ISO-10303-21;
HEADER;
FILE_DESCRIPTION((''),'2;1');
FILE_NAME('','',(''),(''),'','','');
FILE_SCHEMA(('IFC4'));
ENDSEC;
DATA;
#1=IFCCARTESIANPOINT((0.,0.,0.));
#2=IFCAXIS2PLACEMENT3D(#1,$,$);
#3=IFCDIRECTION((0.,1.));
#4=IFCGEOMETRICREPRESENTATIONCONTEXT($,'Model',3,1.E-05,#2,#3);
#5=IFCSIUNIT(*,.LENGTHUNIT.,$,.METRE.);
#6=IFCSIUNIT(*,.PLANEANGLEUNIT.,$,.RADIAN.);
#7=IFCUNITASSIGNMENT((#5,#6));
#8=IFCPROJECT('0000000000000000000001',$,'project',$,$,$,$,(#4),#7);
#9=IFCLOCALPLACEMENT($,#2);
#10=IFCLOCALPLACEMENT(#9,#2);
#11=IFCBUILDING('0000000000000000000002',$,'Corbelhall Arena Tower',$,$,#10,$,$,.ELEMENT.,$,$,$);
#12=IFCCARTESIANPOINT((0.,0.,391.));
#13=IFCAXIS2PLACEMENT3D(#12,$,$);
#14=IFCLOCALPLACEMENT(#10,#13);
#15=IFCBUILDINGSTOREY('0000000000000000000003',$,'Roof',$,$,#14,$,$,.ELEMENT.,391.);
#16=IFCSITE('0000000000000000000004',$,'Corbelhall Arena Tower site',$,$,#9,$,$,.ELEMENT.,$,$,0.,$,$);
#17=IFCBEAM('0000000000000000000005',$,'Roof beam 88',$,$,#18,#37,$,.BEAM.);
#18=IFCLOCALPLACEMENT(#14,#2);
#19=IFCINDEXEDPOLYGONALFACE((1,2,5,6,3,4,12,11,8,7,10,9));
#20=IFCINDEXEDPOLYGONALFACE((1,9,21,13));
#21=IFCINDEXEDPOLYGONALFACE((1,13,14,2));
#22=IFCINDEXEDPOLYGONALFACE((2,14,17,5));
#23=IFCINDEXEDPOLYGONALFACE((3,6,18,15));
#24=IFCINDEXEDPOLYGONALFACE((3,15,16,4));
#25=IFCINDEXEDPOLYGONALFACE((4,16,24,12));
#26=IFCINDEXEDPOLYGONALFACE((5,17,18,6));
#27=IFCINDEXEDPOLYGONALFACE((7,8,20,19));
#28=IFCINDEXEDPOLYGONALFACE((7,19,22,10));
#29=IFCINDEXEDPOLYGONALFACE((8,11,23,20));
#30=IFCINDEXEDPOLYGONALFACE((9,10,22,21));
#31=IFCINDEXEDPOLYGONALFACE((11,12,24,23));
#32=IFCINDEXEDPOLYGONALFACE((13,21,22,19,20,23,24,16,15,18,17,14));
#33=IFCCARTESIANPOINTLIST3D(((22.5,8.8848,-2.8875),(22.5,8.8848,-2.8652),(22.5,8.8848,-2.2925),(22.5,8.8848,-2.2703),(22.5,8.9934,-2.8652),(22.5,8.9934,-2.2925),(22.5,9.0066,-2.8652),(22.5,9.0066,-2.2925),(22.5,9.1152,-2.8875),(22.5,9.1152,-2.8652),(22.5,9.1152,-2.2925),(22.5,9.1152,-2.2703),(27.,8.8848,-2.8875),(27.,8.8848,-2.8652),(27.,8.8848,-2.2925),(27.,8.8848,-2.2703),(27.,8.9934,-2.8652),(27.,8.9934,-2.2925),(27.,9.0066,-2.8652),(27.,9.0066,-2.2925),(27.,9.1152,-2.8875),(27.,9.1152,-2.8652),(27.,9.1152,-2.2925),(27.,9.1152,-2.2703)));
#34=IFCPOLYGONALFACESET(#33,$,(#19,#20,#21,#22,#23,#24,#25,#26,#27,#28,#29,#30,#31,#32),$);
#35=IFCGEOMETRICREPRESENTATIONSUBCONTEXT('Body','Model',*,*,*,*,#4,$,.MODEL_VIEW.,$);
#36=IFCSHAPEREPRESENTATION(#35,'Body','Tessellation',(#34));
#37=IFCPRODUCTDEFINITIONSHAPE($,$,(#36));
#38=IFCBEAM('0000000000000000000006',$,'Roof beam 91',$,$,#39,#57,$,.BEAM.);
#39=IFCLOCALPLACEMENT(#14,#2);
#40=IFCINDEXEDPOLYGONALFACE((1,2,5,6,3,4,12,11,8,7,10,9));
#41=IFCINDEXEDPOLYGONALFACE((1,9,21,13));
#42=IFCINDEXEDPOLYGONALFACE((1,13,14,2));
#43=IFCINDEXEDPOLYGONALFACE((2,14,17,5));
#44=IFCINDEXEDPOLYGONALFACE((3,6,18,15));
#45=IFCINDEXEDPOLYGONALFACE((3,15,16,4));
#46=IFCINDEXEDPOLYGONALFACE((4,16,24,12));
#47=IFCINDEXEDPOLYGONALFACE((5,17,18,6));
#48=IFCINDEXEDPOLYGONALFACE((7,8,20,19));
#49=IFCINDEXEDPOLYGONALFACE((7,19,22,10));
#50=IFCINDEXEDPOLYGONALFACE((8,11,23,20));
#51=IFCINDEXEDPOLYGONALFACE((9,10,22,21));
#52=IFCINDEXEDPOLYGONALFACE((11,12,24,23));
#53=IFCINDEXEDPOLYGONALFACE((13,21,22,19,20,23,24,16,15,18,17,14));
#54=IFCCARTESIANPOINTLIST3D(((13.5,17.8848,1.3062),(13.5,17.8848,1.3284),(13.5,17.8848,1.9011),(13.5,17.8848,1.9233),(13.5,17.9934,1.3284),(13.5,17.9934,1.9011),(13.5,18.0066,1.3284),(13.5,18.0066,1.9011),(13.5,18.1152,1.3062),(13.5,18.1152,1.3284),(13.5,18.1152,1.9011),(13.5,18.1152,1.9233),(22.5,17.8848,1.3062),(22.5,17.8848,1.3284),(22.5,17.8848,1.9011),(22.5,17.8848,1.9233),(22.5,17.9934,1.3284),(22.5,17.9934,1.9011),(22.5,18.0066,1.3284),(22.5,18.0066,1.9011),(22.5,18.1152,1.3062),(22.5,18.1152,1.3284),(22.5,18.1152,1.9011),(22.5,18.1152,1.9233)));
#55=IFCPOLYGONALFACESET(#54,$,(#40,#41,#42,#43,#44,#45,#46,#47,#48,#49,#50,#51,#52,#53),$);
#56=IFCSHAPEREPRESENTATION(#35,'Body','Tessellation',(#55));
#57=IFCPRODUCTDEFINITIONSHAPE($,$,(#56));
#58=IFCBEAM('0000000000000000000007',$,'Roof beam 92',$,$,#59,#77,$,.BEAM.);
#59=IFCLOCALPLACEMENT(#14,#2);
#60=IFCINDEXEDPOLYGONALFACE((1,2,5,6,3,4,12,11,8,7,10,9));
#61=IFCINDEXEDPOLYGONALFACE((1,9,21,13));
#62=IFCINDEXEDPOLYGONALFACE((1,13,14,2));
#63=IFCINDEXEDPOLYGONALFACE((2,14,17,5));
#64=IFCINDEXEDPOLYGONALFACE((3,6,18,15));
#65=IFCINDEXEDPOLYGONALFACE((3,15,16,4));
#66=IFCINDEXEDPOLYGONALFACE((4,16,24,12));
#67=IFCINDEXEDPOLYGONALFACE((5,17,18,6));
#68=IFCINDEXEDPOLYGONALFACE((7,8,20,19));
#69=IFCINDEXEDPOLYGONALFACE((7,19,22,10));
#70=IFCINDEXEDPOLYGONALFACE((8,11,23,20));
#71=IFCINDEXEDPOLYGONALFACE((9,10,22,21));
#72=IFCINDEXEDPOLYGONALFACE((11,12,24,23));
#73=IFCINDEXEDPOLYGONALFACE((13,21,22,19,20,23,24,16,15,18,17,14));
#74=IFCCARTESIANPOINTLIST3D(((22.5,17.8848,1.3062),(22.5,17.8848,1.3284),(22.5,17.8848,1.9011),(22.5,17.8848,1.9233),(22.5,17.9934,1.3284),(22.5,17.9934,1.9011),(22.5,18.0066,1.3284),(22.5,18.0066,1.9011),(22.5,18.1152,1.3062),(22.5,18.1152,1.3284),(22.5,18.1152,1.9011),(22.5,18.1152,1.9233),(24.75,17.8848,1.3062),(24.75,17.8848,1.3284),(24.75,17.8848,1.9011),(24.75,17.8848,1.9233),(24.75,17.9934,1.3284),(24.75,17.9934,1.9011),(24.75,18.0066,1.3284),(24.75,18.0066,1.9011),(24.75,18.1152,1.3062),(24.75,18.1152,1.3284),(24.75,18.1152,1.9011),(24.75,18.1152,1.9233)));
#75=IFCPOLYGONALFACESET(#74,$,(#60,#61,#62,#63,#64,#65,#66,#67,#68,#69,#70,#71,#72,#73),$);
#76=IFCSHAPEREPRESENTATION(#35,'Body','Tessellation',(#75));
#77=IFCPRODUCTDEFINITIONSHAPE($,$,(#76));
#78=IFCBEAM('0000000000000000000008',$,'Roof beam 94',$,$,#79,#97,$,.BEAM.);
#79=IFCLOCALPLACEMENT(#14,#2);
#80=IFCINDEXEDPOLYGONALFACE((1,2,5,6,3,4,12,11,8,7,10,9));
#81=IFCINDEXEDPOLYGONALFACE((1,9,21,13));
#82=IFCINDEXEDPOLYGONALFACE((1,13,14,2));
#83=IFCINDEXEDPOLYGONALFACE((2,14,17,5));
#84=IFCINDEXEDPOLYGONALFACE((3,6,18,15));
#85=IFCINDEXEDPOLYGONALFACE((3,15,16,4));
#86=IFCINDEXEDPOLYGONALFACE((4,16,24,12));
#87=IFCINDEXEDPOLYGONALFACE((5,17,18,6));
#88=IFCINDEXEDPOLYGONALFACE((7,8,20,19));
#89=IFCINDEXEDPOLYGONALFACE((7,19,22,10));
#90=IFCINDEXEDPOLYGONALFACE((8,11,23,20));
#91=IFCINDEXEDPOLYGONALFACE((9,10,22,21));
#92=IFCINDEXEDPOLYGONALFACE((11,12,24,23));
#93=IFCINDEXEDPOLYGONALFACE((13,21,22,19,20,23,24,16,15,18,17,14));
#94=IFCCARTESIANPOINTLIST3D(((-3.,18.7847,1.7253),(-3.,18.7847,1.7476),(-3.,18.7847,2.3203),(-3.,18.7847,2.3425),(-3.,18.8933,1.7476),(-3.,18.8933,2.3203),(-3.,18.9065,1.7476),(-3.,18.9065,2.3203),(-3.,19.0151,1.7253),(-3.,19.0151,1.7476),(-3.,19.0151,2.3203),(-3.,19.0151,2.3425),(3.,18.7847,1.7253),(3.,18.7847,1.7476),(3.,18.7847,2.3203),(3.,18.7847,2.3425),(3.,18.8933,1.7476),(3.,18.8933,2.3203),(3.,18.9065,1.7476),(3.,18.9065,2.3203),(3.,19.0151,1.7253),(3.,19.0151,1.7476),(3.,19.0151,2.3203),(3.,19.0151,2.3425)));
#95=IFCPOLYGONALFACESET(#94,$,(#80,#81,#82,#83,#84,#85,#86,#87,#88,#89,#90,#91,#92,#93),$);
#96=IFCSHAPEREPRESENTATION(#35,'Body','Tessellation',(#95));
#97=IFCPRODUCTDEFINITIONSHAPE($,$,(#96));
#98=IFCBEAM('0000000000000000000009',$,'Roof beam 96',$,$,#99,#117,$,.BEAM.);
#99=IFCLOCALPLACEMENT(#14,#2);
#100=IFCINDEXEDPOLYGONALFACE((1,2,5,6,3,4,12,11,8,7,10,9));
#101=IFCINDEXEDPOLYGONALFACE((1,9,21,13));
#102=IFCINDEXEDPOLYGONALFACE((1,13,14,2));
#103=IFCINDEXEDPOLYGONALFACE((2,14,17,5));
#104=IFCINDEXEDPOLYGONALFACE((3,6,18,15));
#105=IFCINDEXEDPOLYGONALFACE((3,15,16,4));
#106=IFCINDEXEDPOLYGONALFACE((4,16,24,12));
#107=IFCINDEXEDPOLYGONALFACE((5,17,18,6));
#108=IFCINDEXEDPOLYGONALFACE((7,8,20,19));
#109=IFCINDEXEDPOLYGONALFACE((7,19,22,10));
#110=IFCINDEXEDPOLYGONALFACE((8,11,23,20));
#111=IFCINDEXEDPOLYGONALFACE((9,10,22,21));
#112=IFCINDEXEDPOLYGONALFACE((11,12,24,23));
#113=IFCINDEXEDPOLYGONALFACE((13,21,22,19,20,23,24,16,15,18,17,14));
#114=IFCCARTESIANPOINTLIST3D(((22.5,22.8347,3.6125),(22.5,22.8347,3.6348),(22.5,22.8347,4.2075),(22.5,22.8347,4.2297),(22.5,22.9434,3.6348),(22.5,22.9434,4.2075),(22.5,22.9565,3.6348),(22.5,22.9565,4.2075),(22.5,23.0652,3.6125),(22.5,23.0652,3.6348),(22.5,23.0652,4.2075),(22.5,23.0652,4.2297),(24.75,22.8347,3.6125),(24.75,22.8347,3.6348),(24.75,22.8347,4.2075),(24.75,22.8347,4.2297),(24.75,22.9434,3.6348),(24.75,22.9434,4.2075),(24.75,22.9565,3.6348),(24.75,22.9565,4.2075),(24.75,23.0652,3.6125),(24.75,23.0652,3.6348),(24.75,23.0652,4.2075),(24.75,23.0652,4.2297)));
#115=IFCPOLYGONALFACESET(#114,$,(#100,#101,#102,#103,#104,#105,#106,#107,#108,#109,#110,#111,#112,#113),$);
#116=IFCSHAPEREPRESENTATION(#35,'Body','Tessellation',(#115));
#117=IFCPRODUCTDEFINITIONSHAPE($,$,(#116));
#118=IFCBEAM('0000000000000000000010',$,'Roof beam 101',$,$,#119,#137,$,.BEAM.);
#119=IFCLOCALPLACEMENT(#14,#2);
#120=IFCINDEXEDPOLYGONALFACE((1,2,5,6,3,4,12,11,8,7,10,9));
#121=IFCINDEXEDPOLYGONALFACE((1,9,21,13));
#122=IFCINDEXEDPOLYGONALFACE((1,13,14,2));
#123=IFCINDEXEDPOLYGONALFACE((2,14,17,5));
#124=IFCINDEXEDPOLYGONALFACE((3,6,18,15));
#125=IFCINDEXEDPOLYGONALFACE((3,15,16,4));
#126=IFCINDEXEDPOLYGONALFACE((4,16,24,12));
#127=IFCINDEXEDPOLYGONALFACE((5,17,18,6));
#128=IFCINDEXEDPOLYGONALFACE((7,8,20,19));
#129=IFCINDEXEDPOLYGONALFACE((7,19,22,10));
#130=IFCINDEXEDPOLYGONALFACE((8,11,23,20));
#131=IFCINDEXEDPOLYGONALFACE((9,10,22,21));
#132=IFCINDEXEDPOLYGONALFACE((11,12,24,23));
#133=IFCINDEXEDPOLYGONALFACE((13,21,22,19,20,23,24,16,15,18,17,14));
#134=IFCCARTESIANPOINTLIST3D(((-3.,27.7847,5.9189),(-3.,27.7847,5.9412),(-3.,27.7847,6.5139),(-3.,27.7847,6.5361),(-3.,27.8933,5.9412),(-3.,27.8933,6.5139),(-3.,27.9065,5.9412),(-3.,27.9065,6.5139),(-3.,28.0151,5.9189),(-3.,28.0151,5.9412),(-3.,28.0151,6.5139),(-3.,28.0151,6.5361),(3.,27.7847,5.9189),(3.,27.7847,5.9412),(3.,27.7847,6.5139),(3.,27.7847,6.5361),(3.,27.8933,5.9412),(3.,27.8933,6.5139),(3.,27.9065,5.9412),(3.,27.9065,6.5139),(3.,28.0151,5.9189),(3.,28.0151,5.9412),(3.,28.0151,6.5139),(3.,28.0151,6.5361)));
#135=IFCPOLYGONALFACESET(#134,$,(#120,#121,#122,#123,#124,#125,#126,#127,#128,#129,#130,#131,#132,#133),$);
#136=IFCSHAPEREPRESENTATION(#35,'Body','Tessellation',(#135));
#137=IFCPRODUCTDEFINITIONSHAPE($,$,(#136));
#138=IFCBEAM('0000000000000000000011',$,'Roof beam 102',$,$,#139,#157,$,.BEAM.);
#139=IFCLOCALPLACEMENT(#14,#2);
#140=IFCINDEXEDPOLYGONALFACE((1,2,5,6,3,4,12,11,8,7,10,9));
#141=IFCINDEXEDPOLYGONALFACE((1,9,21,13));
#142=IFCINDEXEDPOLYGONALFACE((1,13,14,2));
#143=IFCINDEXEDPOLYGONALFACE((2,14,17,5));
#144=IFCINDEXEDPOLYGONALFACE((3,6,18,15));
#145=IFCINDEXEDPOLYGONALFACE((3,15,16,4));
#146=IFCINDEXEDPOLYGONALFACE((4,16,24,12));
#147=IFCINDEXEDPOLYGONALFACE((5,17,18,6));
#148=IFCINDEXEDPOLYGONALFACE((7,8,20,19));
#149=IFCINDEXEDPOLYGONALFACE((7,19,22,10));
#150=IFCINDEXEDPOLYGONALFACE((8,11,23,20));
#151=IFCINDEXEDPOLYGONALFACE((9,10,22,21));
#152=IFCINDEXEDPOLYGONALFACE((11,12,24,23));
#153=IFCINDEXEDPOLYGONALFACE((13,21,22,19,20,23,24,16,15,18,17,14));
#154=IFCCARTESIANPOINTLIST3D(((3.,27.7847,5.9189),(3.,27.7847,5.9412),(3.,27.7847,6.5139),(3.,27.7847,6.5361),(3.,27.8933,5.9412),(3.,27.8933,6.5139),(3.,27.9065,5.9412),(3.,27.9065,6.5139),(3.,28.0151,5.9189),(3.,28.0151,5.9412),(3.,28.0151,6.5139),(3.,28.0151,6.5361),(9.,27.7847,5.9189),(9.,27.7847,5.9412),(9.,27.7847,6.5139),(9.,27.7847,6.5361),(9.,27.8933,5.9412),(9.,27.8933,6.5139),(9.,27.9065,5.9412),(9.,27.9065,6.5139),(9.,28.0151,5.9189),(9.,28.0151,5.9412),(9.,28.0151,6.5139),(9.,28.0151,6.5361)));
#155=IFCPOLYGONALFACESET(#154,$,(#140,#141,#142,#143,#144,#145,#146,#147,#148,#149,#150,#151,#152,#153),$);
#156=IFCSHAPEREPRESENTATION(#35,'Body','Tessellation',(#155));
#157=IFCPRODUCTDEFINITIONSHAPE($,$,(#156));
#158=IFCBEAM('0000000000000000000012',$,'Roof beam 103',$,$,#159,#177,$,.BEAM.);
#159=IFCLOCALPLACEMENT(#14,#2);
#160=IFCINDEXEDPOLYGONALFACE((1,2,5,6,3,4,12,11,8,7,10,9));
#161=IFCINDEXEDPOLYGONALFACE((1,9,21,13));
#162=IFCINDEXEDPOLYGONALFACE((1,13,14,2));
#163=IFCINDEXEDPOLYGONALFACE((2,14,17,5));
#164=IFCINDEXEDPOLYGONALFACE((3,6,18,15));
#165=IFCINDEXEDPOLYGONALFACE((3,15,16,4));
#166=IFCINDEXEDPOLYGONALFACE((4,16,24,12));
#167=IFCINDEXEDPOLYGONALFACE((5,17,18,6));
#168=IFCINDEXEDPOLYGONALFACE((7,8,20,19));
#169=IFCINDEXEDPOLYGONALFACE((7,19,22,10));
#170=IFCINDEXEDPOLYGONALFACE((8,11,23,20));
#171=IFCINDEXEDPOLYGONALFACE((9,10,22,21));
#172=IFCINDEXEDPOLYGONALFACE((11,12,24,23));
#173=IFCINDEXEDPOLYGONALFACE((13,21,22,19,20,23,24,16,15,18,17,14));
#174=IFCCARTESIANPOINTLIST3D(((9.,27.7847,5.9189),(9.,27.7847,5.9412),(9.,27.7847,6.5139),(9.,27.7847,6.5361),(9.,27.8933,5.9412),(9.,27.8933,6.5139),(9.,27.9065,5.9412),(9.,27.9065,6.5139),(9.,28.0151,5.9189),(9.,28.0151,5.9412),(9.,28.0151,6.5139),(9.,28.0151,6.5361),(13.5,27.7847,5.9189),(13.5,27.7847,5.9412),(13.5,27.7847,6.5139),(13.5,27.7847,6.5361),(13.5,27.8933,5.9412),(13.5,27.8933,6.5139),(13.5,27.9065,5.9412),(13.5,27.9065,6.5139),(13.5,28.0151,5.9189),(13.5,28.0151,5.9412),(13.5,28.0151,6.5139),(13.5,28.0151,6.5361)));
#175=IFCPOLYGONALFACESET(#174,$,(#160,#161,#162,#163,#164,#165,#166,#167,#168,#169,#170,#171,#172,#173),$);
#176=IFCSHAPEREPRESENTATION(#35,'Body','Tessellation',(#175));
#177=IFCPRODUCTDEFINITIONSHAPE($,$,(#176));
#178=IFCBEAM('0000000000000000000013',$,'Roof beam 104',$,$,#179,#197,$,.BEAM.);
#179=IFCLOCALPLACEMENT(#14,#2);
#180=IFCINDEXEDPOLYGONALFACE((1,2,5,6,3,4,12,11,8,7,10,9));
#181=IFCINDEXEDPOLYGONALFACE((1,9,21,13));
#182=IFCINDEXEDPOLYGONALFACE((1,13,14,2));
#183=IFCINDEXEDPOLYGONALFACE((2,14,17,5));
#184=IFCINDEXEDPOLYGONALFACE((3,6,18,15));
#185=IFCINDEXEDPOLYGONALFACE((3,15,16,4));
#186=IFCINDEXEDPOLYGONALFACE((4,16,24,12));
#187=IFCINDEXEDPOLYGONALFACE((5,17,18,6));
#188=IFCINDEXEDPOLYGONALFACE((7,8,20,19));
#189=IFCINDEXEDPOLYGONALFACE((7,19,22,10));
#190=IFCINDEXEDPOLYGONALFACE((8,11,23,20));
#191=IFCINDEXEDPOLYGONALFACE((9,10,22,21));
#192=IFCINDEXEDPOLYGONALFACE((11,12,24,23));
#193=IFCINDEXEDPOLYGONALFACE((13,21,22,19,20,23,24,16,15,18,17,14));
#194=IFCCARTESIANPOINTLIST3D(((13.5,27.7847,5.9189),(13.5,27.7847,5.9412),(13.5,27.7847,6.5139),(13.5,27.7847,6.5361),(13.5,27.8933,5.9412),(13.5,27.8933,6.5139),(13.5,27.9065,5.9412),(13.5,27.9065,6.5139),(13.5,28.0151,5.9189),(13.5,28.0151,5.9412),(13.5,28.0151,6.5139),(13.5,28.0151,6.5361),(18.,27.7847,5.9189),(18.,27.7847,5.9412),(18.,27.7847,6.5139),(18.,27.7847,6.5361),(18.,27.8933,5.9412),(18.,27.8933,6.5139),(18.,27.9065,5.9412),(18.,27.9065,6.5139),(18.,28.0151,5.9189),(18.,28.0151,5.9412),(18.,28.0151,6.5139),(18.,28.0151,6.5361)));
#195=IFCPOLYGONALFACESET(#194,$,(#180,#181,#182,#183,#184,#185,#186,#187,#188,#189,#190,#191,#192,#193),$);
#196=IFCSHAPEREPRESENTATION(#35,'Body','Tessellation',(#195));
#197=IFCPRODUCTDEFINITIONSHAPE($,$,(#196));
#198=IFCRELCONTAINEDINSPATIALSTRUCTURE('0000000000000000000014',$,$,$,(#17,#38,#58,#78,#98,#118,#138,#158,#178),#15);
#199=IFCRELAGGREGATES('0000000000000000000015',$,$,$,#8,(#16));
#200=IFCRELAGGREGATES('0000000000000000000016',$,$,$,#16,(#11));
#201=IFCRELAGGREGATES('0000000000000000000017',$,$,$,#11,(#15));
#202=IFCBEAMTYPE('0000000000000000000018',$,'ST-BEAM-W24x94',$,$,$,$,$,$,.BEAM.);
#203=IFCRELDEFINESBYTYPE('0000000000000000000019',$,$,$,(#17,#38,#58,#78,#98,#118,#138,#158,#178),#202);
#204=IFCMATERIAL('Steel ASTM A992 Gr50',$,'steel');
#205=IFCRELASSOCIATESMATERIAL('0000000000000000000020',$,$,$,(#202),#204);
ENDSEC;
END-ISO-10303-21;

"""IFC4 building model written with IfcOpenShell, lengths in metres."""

from ifc_helpers import new_model, si_unit, direction, frame, origin, origin_2d, place, context, subcontext, project, spatial, i_section, extrude, material, material_profile, profile_set, type_object, element, save


model = new_model("IFC4")

# Units and contexts
model_context = context("Model", 3, precision=1e-05, world=origin(), true_north=direction((0.0, 1.0)))
body_context = subcontext(model_context, "Body", "Model", "MODEL_VIEW")
ifc_project = project(units=[si_unit("LENGTHUNIT", "METRE"), si_unit("PLANEANGLEUNIT", "RADIAN")], contexts=[model_context])

# Site, building, storey
site_placement = place(None, origin())
site = spatial("IfcSite", under=ifc_project, at=site_placement, Name="Corbelhall Arena Tower site", CompositionType="ELEMENT", RefElevation=0.0)
building_placement = place(site_placement, origin())
building = spatial("IfcBuilding", under=site, at=building_placement, Name="Corbelhall Arena Tower", CompositionType="ELEMENT")
storey_placement = place(building_placement, frame((0.0, 0.0, 391.0)))
storey = spatial("IfcBuildingStorey", under=building, at=storey_placement, Name="Roof", CompositionType="ELEMENT", Elevation=391.0)

# Beams
ifc_material_1 = material(Name="Steel ASTM A992 Gr50", Category="steel")
ifc_material_profile_1 = material_profile(ifc_material_1, i_section(OverallWidth=0.2305, OverallDepth=0.6172, WebThickness=0.0132, FlangeThickness=0.0222, at=origin_2d()))
ifc_profile_set_1 = profile_set([ifc_material_profile_1], Name="Steel ASTM A992 Gr50")
beam_type = type_object("IfcBeamType", Name="ST-BEAM-W24x94", PredefinedType="BEAM", material=ifc_profile_set_1)
beam_1_placement = place(storey_placement, frame((22.5, 9.0, -2.5789), z_axis=(1.0, 0.0, 0.0), x_axis=(0.0, 1.0, 0.0)))
element("IfcBeam", 1, at=beam_1_placement, inside=storey, type_object=beam_type, Name="Roof beam 88", PredefinedType="BEAM", context=body_context, shape_type="SweptSolid", body=[
    extrude(i_section(OverallWidth=0.2305, OverallDepth=0.6172, WebThickness=0.0132, FlangeThickness=0.0222, at=origin_2d()), origin(), (0.0, 0.0, 1.0), 4.5),
])
beam_2_placement = place(storey_placement, frame((13.5, 18.0, 1.6147), z_axis=(1.0, 0.0, 0.0), x_axis=(0.0, 1.0, 0.0)))
element("IfcBeam", 2, at=beam_2_placement, inside=storey, type_object=beam_type, Name="Roof beam 91", PredefinedType="BEAM", context=body_context, shape_type="SweptSolid", body=[
    extrude(i_section(OverallWidth=0.2305, OverallDepth=0.6172, WebThickness=0.0132, FlangeThickness=0.0222, at=origin_2d()), origin(), (0.0, 0.0, 1.0), 9.0),
])
beam_3_placement = place(storey_placement, frame((22.5, 18.0, 1.6147), z_axis=(1.0, 0.0, 0.0), x_axis=(0.0, 1.0, 0.0)))
element("IfcBeam", 3, at=beam_3_placement, inside=storey, type_object=beam_type, Name="Roof beam 92", PredefinedType="BEAM", context=body_context, shape_type="SweptSolid", body=[
    extrude(i_section(OverallWidth=0.2305, OverallDepth=0.6172, WebThickness=0.0132, FlangeThickness=0.0222, at=origin_2d()), origin(), (0.0, 0.0, 1.0), 2.25),
])
beam_4_placement = place(storey_placement, frame((-3.0, 18.8999, 2.0339), z_axis=(1.0, 0.0, 0.0), x_axis=(0.0, 1.0, 0.0)))
element("IfcBeam", 4, at=beam_4_placement, inside=storey, type_object=beam_type, Name="Roof beam 94", PredefinedType="BEAM", context=body_context, shape_type="SweptSolid", body=[
    extrude(i_section(OverallWidth=0.2305, OverallDepth=0.6172, WebThickness=0.0132, FlangeThickness=0.0222, at=origin_2d()), origin(), (0.0, 0.0, 1.0), 6.0),
])
beam_5_placement = place(storey_placement, frame((22.5, 22.95, 3.9211), z_axis=(1.0, 0.0, 0.0), x_axis=(0.0, 1.0, 0.0)))
element("IfcBeam", 5, at=beam_5_placement, inside=storey, type_object=beam_type, Name="Roof beam 96", PredefinedType="BEAM", context=body_context, shape_type="SweptSolid", body=[
    extrude(i_section(OverallWidth=0.2305, OverallDepth=0.6172, WebThickness=0.0132, FlangeThickness=0.0222, at=origin_2d()), origin(), (0.0, 0.0, 1.0), 2.25),
])
for number, where, z_axis, x_axis, name in (
    (6, (-3.0, 27.8999, 6.2275), (1.0, 0.0, 0.0), (0.0, 1.0, 0.0), "Roof beam 101"),
    (7, (3.0, 27.8999, 6.2275), (1.0, 0.0, 0.0), (0.0, 1.0, 0.0), "Roof beam 102"),
):
    element("IfcBeam", number, at=place(storey_placement, frame(where, z_axis=z_axis, x_axis=x_axis)), inside=storey, type_object=beam_type, Name=name, PredefinedType="BEAM", context=body_context, shape_type="SweptSolid", body=[
        extrude(i_section(OverallWidth=0.2305, OverallDepth=0.6172, WebThickness=0.0132, FlangeThickness=0.0222, at=origin_2d()), origin(), (0.0, 0.0, 1.0), 6.0),
    ])
for number, where, z_axis, x_axis, name in (
    (8, (9.0, 27.8999, 6.2275), (1.0, 0.0, 0.0), (0.0, 1.0, 0.0), "Roof beam 103"),
    (9, (13.5, 27.8999, 6.2275), (1.0, 0.0, 0.0), (0.0, 1.0, 0.0), "Roof beam 104"),
):
    element("IfcBeam", number, at=place(storey_placement, frame(where, z_axis=z_axis, x_axis=x_axis)), inside=storey, type_object=beam_type, Name=name, PredefinedType="BEAM", context=body_context, shape_type="SweptSolid", body=[
        extrude(i_section(OverallWidth=0.2305, OverallDepth=0.6172, WebThickness=0.0132, FlangeThickness=0.0222, at=origin_2d()), origin(), (0.0, 0.0, 1.0), 4.5),
    ])

save(model, "model.ifc")
